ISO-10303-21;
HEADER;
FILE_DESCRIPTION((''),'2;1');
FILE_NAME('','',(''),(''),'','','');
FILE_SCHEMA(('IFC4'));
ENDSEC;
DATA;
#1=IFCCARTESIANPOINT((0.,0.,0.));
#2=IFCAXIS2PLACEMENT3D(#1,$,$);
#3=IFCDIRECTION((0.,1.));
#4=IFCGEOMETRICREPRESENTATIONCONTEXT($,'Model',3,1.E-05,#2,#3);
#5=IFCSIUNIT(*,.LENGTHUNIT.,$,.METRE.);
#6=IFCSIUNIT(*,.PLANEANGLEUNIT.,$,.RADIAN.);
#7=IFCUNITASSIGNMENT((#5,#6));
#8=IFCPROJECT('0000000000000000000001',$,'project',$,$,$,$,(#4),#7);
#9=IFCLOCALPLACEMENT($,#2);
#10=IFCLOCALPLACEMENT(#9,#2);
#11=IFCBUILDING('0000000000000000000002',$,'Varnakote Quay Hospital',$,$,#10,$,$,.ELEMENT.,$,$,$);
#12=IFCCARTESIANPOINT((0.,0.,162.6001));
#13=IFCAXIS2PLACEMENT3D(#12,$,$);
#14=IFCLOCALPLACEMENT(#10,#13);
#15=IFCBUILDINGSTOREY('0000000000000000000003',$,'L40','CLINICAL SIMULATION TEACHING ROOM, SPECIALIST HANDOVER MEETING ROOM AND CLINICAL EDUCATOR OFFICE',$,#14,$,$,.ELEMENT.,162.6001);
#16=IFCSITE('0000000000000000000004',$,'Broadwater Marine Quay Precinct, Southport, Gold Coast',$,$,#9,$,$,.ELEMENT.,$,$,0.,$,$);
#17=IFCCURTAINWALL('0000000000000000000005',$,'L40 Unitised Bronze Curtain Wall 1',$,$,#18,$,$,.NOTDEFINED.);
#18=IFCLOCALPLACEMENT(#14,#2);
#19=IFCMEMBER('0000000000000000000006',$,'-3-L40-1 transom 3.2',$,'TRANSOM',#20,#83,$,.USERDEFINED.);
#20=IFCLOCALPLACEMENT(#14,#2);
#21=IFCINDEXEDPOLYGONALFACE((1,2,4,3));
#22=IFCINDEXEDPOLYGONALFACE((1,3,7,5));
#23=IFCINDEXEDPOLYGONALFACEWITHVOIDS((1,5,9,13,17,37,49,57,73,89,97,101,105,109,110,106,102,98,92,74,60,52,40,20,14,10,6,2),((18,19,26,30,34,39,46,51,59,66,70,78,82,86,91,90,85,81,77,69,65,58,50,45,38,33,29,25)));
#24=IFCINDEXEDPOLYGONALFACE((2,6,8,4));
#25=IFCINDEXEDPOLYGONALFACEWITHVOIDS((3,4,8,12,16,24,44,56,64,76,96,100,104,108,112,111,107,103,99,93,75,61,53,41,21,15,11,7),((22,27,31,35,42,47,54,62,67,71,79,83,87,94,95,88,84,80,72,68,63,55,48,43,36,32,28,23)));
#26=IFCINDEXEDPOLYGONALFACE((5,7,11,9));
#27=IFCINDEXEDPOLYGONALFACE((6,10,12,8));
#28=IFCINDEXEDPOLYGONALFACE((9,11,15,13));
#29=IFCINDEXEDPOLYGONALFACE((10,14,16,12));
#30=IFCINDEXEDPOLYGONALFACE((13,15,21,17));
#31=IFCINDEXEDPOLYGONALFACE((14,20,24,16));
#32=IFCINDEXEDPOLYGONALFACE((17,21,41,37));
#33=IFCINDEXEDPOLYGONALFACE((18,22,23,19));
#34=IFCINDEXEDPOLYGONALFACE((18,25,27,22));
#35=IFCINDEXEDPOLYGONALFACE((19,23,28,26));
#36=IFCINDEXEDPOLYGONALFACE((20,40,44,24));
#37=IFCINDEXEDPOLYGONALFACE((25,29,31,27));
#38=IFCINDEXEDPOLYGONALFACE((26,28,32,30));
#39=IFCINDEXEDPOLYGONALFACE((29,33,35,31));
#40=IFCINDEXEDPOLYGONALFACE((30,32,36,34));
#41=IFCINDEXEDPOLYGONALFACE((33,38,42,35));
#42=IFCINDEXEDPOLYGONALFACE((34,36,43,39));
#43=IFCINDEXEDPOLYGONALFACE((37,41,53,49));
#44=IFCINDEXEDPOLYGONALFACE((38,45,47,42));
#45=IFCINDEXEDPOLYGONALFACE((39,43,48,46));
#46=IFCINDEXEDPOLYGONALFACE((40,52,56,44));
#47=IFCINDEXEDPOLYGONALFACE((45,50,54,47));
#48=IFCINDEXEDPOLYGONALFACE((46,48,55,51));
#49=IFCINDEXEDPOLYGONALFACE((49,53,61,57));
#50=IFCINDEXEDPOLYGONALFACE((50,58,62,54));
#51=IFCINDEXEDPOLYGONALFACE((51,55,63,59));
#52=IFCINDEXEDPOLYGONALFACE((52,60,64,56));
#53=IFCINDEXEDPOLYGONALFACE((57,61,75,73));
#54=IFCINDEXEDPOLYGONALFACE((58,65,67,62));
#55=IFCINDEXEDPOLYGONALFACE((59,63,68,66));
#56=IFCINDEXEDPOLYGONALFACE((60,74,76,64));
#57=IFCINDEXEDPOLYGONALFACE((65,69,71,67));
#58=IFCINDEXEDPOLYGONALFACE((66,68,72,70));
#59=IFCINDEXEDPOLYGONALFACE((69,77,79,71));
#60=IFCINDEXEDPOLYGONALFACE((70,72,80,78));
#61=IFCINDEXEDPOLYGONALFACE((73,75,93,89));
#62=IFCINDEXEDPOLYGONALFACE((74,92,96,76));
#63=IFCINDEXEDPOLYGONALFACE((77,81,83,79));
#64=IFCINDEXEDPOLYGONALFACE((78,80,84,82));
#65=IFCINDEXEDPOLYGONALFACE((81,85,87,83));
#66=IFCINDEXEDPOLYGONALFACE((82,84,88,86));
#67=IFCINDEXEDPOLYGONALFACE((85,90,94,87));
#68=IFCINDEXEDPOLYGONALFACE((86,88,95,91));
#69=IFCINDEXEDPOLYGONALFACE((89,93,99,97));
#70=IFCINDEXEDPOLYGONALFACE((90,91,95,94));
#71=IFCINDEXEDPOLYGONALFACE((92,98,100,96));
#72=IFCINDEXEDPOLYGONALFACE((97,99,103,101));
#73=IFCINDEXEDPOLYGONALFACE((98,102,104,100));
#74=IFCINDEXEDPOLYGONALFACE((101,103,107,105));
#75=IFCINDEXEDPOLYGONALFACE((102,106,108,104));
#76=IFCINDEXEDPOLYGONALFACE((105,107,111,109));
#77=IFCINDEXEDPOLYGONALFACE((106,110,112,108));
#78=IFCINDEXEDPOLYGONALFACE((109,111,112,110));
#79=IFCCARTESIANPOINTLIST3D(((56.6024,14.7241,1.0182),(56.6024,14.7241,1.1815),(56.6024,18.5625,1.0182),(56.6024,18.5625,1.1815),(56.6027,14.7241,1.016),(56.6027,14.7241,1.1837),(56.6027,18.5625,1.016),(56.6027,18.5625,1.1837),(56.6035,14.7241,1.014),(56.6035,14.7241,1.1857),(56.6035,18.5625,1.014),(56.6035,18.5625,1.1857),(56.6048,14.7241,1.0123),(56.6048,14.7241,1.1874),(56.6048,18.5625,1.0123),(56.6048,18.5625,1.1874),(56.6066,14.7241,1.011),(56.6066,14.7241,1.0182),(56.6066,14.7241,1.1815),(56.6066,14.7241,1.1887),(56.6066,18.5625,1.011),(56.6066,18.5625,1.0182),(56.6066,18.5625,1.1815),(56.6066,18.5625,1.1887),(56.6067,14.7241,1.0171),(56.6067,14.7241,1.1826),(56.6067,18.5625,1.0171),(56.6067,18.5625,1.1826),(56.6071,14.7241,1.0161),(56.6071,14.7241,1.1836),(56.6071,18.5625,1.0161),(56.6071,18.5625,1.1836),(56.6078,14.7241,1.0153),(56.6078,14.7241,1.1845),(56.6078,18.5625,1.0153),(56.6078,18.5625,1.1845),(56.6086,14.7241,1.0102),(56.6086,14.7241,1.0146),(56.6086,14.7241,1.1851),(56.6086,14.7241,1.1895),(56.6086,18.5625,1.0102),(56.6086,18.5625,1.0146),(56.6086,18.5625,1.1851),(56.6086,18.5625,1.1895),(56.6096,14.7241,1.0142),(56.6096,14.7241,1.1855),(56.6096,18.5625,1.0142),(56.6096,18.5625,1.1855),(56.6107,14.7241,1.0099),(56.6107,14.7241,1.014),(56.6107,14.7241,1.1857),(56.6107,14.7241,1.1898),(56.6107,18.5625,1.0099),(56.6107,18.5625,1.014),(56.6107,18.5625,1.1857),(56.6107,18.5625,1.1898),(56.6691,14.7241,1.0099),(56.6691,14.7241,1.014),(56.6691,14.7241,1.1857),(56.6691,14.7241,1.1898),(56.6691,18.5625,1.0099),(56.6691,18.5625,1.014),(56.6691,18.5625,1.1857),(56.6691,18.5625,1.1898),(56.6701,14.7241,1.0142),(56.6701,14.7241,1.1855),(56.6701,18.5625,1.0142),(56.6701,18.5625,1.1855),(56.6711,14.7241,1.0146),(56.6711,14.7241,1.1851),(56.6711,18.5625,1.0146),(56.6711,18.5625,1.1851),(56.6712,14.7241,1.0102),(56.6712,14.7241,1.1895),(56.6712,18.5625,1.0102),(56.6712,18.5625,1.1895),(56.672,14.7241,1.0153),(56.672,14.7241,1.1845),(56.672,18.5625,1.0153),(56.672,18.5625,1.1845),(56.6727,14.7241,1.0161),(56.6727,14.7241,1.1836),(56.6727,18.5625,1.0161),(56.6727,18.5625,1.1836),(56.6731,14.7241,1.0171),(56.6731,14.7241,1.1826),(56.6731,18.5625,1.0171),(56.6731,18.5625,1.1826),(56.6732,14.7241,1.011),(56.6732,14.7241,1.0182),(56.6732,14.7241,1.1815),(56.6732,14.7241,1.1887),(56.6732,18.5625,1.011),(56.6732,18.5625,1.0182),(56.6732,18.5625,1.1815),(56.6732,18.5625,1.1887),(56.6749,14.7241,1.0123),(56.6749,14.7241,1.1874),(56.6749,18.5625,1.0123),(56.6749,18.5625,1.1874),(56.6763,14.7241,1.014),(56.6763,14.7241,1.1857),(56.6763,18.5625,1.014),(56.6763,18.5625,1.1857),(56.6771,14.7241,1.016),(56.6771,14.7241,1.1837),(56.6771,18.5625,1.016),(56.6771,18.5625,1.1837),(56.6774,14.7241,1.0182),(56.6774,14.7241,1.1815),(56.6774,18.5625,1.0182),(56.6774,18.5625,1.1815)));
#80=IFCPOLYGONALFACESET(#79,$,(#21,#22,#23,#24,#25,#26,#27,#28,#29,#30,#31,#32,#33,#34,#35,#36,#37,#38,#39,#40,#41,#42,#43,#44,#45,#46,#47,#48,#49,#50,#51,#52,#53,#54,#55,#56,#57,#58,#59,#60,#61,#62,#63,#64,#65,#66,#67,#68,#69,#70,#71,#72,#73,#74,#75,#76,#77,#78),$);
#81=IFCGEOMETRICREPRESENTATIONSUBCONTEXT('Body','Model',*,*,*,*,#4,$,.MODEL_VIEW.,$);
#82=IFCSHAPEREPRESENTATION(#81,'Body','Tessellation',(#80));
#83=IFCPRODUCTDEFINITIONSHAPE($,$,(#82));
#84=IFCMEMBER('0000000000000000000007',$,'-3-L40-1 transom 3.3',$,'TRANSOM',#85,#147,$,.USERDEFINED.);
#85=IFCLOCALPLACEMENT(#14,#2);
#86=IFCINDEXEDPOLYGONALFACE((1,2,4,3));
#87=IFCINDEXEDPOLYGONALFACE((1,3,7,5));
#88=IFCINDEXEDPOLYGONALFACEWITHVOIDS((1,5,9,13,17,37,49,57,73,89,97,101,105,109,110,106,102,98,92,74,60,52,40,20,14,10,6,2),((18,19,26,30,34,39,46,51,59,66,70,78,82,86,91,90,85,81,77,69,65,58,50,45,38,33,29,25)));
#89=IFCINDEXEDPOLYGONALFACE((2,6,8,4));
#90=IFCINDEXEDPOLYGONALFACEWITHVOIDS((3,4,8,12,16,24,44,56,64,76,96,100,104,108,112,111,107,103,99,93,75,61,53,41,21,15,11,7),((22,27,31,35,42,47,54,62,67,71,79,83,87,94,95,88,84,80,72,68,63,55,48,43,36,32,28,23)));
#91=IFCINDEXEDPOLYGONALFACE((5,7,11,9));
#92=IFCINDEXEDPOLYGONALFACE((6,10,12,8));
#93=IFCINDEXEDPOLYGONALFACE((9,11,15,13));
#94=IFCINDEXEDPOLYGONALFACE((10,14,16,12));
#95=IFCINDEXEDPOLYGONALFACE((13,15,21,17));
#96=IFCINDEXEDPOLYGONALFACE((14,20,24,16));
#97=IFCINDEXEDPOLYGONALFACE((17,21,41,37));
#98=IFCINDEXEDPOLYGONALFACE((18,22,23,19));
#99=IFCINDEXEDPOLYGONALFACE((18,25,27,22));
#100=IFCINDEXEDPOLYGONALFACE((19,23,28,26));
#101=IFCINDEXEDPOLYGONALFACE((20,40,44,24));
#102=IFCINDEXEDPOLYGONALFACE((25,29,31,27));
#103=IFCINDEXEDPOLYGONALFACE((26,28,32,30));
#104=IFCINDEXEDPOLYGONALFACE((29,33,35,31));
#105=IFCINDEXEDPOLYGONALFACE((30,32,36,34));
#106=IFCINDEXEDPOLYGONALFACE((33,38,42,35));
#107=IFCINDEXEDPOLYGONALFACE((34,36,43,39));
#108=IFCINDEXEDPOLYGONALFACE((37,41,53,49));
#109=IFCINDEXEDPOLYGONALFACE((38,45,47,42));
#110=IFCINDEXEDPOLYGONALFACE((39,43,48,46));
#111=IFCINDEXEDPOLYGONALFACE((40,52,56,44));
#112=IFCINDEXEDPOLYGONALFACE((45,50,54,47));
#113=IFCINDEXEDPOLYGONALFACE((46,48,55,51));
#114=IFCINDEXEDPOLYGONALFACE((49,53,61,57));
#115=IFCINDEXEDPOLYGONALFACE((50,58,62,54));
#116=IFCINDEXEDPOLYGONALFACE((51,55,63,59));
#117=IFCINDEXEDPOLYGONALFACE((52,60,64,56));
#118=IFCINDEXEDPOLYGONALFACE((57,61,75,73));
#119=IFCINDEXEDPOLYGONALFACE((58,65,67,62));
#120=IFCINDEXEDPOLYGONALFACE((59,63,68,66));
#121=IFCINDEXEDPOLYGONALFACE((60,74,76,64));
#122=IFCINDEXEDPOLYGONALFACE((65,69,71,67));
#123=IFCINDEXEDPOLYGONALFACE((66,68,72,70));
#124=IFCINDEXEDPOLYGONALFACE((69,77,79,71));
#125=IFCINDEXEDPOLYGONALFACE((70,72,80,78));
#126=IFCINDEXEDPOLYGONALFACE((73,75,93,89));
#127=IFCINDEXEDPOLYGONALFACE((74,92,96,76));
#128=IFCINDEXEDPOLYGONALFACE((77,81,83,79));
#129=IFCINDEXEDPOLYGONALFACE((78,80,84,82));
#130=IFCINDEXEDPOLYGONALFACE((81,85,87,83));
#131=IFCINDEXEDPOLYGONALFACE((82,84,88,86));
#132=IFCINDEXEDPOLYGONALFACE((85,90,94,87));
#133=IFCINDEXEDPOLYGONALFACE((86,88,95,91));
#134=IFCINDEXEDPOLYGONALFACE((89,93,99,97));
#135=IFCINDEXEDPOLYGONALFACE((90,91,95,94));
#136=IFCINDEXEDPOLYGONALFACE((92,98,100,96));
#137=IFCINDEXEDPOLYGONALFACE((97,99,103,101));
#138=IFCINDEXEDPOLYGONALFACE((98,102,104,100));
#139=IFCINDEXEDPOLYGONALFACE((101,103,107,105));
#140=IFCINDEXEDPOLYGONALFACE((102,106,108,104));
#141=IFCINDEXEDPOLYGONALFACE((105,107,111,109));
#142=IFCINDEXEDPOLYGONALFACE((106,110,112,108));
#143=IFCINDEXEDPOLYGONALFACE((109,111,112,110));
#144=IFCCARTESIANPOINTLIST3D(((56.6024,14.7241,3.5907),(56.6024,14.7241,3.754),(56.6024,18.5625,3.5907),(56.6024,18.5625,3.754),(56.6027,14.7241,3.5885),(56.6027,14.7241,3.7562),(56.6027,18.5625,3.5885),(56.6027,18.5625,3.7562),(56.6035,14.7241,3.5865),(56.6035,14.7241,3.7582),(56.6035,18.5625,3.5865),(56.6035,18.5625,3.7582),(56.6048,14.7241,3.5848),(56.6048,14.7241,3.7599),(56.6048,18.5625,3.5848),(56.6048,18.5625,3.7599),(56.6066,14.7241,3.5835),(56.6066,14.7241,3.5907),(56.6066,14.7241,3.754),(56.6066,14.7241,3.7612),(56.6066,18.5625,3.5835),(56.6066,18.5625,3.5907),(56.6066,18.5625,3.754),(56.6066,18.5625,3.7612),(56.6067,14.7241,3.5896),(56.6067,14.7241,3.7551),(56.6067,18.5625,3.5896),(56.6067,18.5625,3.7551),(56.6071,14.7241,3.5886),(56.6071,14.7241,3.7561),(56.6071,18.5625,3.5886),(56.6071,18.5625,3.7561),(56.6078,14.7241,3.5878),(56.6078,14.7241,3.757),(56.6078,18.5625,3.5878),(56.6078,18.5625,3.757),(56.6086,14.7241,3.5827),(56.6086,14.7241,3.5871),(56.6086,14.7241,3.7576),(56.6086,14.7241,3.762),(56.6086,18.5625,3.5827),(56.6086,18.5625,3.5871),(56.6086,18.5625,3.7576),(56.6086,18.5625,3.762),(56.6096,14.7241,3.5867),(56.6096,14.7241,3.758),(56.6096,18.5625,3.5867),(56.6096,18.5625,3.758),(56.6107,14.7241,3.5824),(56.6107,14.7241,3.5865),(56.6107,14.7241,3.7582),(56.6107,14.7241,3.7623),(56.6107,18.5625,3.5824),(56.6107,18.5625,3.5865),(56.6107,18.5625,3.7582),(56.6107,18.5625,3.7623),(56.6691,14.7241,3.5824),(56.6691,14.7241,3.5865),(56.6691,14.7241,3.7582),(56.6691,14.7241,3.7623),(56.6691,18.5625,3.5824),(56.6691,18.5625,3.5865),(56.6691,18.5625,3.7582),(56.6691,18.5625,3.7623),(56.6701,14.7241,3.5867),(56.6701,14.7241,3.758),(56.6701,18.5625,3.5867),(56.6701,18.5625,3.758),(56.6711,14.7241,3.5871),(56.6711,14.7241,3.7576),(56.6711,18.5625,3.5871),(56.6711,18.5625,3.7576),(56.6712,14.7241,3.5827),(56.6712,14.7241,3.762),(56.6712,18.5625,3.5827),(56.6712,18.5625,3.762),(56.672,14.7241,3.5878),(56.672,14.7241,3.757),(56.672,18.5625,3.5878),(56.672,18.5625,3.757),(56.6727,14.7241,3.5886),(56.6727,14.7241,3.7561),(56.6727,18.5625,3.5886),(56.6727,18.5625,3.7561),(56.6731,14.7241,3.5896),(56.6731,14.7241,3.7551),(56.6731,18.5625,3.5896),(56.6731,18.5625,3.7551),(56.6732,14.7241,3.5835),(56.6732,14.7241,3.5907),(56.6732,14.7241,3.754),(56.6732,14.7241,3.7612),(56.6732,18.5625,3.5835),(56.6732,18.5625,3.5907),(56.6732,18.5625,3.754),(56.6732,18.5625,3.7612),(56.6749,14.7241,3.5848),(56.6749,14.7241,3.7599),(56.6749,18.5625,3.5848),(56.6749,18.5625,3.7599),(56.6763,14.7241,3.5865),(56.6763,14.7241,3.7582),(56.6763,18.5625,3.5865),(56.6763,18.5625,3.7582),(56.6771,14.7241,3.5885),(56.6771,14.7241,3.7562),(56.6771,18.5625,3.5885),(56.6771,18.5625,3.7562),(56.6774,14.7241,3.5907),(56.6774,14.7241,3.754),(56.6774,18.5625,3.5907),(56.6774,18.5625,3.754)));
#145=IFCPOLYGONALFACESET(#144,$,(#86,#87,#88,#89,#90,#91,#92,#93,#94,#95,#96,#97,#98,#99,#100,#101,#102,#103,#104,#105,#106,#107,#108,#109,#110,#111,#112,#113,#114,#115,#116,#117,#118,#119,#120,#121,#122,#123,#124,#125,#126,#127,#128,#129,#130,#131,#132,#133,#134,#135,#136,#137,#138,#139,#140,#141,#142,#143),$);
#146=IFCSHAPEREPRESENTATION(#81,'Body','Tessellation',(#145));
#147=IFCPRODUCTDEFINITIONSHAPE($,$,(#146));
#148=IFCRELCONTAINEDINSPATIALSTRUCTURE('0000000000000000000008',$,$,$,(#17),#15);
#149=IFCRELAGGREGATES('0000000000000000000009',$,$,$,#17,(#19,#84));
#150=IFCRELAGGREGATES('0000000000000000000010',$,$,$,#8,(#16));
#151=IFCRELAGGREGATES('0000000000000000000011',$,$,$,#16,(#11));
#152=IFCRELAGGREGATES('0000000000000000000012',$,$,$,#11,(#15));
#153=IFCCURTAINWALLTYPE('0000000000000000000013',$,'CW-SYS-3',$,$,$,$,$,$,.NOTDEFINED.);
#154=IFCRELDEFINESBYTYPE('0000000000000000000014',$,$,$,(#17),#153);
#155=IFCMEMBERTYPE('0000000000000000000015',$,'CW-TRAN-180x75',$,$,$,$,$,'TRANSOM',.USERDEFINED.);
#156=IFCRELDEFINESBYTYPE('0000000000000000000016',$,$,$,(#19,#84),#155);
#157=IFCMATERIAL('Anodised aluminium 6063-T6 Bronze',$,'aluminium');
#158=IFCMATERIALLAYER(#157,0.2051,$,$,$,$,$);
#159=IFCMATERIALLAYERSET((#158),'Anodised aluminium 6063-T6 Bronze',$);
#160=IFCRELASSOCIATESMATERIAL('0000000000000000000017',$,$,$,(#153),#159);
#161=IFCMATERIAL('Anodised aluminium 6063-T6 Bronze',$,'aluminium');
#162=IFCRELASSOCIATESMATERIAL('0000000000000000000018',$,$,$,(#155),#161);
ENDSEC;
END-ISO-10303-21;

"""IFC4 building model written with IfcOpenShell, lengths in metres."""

from ifc_helpers import new_model, si_unit, direction, frame, origin, origin_2d, place, context, subcontext, project, spatial, hollow_rectangle, extrude, material, layer, layer_set, material_profile, profile_set, type_object, element, aggregate, save


model = new_model("IFC4")

# Units and contexts
model_context = context("Model", 3, precision=1e-05, world=origin(), true_north=direction((0.0, 1.0)))
body_context = subcontext(model_context, "Body", "Model", "MODEL_VIEW")
ifc_project = project(units=[si_unit("LENGTHUNIT", "METRE"), si_unit("PLANEANGLEUNIT", "RADIAN")], contexts=[model_context])

# Site, building, storey
site_placement = place(None, origin())
site = spatial("IfcSite", under=ifc_project, at=site_placement, Name="Broadwater Marine Quay Precinct, Southport, Gold Coast", CompositionType="ELEMENT", RefElevation=0.0)
building_placement = place(site_placement, origin())
building = spatial("IfcBuilding", under=site, at=building_placement, Name="Varnakote Quay Hospital", CompositionType="ELEMENT")
storey_placement = place(building_placement, frame((0.0, 0.0, 162.6001)))
storey = spatial("IfcBuildingStorey", under=building, at=storey_placement, Name="L40", Description="CLINICAL SIMULATION TEACHING ROOM, SPECIALIST HANDOVER MEETING ROOM AND CLINICAL EDUCATOR OFFICE", CompositionType="ELEMENT", Elevation=162.6001)

# Curtain wall, members
ifc_material_1 = material(Name="Anodised aluminium 6063-T6 Bronze", Category="aluminium")
ifc_layer_1 = layer(ifc_material_1, 0.2051)
ifc_layer_set_1 = layer_set([ifc_layer_1], Name="Anodised aluminium 6063-T6 Bronze")
curtain_wall_type = type_object("IfcCurtainWallType", Name="CW-SYS-3", PredefinedType="NOTDEFINED", material=ifc_layer_set_1)
curtain_wall_placement = place(storey_placement, origin())
curtain_wall = element("IfcCurtainWall", 1, at=curtain_wall_placement, inside=storey, type_object=curtain_wall_type, Name="L40 Unitised Bronze Curtain Wall 1", PredefinedType="NOTDEFINED")
ifc_material_2 = material(Name="Anodised aluminium 6063-T6 Bronze", Category="aluminium")
ifc_material_profile_1 = material_profile(ifc_material_2, hollow_rectangle(XDim=0.075, YDim=0.1799, WallThickness=0.0042, InnerFilletRadius=0.0042, OuterFilletRadius=0.0083, at=origin_2d()), Name="CW-TRAN-180x75")
ifc_profile_set_1 = profile_set([ifc_material_profile_1], Name="Anodised aluminium 6063-T6 Bronze")
member_type_1 = type_object("IfcMemberType", Name="CW-TRAN-180x75", ElementType="TRANSOM", PredefinedType="USERDEFINED", material=ifc_profile_set_1)
member_1_placement = place(storey_placement, frame((56.6399, 14.7241, 1.0999), z_axis=(0.0, 1.0, 0.0), x_axis=(-1.0, 0.0, 0.0)))
member_1 = element("IfcMember", 2, at=member_1_placement, type_object=member_type_1, Name="-3-L40-1 transom 3.2", ObjectType="TRANSOM", PredefinedType="USERDEFINED", context=body_context, shape_type="SweptSolid", body=[
    extrude(hollow_rectangle(XDim=0.075, YDim=0.1799, WallThickness=0.0042, InnerFilletRadius=0.0042, OuterFilletRadius=0.0083, at=origin_2d()), origin(), (0.0, 0.0, 1.0), 3.8384),
])
member_2_placement = place(storey_placement, frame((56.6399, 14.7241, 3.6724), z_axis=(0.0, 1.0, 0.0), x_axis=(-1.0, 0.0, 0.0)))
member_2 = element("IfcMember", 3, at=member_2_placement, type_object=member_type_1, Name="-3-L40-1 transom 3.3", ObjectType="TRANSOM", PredefinedType="USERDEFINED", context=body_context, shape_type="SweptSolid", body=[
    extrude(hollow_rectangle(XDim=0.075, YDim=0.1799, WallThickness=0.0042, InnerFilletRadius=0.0042, OuterFilletRadius=0.0083, at=origin_2d()), origin(), (0.0, 0.0, 1.0), 3.8384),
])
aggregate(curtain_wall, [member_1, member_2])

save(model, "model.ifc")
